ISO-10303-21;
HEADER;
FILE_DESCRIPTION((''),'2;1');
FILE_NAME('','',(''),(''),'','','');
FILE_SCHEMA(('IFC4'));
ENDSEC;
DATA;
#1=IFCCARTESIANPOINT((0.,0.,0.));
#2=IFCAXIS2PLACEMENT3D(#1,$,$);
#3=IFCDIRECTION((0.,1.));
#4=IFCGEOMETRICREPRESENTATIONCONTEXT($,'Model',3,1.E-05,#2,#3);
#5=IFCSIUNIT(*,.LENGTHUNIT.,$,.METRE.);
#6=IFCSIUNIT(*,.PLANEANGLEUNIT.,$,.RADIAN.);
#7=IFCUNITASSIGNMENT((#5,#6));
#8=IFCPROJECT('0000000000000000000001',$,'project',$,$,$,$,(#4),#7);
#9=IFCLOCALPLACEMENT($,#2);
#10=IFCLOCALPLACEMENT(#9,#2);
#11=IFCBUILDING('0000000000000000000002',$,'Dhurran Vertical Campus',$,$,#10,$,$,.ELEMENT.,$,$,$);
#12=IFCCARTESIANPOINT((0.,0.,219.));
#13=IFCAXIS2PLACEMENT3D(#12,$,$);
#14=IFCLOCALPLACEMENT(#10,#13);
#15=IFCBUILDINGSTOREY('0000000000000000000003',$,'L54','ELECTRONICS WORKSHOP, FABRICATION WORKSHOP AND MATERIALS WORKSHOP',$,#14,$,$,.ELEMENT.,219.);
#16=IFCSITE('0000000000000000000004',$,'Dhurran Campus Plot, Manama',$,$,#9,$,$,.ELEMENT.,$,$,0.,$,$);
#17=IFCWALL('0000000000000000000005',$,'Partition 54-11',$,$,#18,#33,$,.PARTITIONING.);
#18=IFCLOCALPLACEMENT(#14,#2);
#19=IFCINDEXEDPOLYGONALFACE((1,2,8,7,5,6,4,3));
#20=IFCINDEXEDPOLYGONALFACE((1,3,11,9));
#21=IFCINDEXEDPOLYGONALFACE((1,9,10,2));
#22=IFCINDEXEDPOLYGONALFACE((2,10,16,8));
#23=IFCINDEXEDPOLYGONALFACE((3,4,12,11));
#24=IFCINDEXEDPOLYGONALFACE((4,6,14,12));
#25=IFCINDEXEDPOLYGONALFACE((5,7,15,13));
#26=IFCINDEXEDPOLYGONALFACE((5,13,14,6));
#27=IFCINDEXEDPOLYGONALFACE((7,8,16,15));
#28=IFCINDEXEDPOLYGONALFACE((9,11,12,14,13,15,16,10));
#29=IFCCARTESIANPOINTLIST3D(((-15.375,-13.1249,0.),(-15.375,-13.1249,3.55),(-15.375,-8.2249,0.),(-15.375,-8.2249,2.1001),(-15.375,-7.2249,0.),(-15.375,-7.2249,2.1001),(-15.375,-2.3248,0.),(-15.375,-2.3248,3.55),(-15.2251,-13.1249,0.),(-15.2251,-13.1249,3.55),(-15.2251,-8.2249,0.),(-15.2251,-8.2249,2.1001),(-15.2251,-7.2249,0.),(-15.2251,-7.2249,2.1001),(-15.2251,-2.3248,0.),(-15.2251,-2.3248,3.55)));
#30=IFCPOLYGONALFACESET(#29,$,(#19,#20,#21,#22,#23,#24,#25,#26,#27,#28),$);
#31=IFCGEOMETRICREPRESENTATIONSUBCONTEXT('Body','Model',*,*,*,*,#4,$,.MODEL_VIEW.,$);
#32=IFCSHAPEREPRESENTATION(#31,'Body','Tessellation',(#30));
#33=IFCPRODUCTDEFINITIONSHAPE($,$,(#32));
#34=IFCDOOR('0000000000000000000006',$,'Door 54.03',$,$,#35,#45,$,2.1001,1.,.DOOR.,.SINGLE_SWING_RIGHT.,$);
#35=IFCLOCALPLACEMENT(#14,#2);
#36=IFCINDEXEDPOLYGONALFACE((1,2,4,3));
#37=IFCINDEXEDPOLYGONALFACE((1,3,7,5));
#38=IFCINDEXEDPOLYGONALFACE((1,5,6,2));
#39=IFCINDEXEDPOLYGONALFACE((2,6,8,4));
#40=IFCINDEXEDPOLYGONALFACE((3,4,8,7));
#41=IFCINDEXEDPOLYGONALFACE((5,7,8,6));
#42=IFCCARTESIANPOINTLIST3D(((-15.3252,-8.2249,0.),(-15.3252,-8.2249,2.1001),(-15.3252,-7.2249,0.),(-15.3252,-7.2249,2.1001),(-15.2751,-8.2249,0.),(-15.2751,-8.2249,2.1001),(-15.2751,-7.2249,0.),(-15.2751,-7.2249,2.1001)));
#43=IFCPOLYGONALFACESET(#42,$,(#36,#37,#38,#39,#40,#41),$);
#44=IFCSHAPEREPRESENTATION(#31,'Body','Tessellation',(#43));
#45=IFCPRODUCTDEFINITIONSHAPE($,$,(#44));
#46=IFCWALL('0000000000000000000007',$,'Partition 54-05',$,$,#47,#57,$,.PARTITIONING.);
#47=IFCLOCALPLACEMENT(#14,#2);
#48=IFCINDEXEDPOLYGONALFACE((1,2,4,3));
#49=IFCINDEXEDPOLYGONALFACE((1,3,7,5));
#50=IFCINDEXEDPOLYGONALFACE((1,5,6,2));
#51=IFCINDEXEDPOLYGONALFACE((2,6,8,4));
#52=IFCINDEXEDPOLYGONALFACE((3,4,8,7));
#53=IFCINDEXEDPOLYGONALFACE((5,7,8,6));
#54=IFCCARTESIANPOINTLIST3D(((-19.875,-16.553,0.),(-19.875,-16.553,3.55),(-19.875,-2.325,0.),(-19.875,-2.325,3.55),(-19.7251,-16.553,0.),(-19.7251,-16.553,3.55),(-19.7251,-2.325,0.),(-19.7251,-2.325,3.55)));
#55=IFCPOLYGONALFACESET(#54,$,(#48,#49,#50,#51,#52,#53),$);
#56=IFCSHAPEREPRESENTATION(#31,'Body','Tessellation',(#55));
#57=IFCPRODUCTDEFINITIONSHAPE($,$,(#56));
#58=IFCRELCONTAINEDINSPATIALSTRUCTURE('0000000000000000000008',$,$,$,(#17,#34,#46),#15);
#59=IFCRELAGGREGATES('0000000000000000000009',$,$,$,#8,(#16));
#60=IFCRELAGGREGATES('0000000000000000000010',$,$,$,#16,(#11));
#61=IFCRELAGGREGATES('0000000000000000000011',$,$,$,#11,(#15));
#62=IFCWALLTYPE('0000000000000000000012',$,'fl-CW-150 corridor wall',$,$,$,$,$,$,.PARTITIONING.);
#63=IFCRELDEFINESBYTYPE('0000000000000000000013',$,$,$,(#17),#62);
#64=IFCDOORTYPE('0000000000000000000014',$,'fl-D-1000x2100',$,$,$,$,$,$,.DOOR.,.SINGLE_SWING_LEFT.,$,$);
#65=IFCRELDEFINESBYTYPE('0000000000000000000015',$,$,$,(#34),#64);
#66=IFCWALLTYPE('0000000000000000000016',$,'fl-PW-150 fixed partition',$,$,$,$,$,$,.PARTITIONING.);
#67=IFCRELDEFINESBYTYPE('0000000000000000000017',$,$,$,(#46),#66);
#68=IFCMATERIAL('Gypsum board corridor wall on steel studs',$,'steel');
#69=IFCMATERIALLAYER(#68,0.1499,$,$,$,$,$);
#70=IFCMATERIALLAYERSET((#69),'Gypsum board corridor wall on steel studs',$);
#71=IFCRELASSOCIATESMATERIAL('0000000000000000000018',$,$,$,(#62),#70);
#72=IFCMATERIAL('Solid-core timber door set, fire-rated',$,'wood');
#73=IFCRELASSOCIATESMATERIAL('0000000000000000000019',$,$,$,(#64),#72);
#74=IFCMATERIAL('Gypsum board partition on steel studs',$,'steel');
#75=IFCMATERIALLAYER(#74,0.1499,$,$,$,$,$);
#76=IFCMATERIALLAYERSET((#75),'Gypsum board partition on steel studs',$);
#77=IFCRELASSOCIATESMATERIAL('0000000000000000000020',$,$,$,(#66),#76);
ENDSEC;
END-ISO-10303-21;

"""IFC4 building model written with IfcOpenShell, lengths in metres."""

from ifc_helpers import new_model, si_unit, direction, frame, frame_2d, origin, place, context, subcontext, project, spatial, rectangle, extrude, material, layer, layer_set, type_object, element, fill, save


model = new_model("IFC4")

# Units and contexts
model_context = context("Model", 3, precision=1e-05, world=origin(), true_north=direction((0.0, 1.0)))
body_context = subcontext(model_context, "Body", "Model", "MODEL_VIEW")
ifc_project = project(units=[si_unit("LENGTHUNIT", "METRE"), si_unit("PLANEANGLEUNIT", "RADIAN")], contexts=[model_context])

# Site, building, storey
site_placement = place(None, origin())
site = spatial("IfcSite", under=ifc_project, at=site_placement, Name="Dhurran Campus Plot, Manama", CompositionType="ELEMENT", RefElevation=0.0)
building_placement = place(site_placement, origin())
building = spatial("IfcBuilding", under=site, at=building_placement, Name="Dhurran Vertical Campus", CompositionType="ELEMENT")
storey_placement = place(building_placement, frame((0.0, 0.0, 219.0)))
storey = spatial("IfcBuildingStorey", under=building, at=storey_placement, Name="L54", Description="ELECTRONICS WORKSHOP, FABRICATION WORKSHOP AND MATERIALS WORKSHOP", CompositionType="ELEMENT", Elevation=219.0)

# Shared definitions
ifc_material_1 = material(Name="Gypsum board corridor wall on steel studs", Category="steel")
ifc_layer_1 = layer(ifc_material_1, 0.1499)
ifc_layer_set_1 = layer_set([ifc_layer_1], Name="Gypsum board corridor wall on steel studs")
wall_type_1 = type_object("IfcWallType", Name="fl-CW-150 corridor wall", PredefinedType="PARTITIONING", material=ifc_layer_set_1)
ifc_material_2 = material(Name="Solid-core timber door set, fire-rated", Category="wood")
door_type_1 = type_object("IfcDoorType", Name="fl-D-1000x2100", OperationType="SINGLE_SWING_LEFT", PredefinedType="DOOR", material=ifc_material_2)

# Wall, opening, door
wall_1_placement = place(storey_placement, frame((-15.3, -2.325, 0.0), z_axis=(0.0, 0.0, 1.0), x_axis=(0.0, -1.0, 0.0)))
wall_1 = element("IfcWall", 1, at=wall_1_placement, inside=storey, type_object=wall_type_1, Name="Partition 54-11", PredefinedType="PARTITIONING", context=body_context, shape_type="SweptSolid", body=[
    extrude(rectangle(XDim=10.8, YDim=0.1499, at=frame_2d((5.3999, 0.0))), origin(), (0.0, 0.0, 1.0), 3.55),
])
opening_1_placement = place(wall_1_placement, frame((4.8999, 0.0, 0.0)))
opening_1 = element("IfcOpeningElement", 2, at=opening_1_placement, cuts=wall_1, PredefinedType="OPENING", context=body_context, shape_type="SweptSolid", body=[
    extrude(rectangle(XDim=1.0, YDim=2.1001, at=frame_2d((0.5, 1.05))), frame((0.0, 0.085, 0.0), z_axis=(0.0, -1.0, 0.0), x_axis=(1.0, 0.0, 0.0)), (0.0, 0.0, 1.0), 0.1699),
])
door_1_placement = place(opening_1_placement, origin())
door_1 = element("IfcDoor", 3, at=door_1_placement, inside=storey, type_object=door_type_1, Name="Door 54.03", OperationType="SINGLE_SWING_RIGHT", OverallHeight=2.1001, OverallWidth=1.0, PredefinedType="DOOR", context=body_context, shape_type="SweptSolid", body=[
    extrude(rectangle(XDim=1.0, YDim=2.1001, at=frame_2d((0.5, 1.05))), frame((0.0, 0.0249, 0.0), z_axis=(0.0, -1.0, 0.0), x_axis=(1.0, 0.0, 0.0)), (0.0, 0.0, 1.0), 0.05),
])
fill(opening_1, door_1)

# Wall
ifc_material_3 = material(Name="Gypsum board partition on steel studs", Category="steel")
ifc_layer_2 = layer(ifc_material_3, 0.1499)
ifc_layer_set_2 = layer_set([ifc_layer_2], Name="Gypsum board partition on steel studs")
wall_type_2 = type_object("IfcWallType", Name="fl-PW-150 fixed partition", PredefinedType="PARTITIONING", material=ifc_layer_set_2)
wall_2_placement = place(storey_placement, frame((-19.8, -2.325, 0.0), z_axis=(0.0, 0.0, 1.0), x_axis=(0.0, -1.0, 0.0)))
element("IfcWall", 4, at=wall_2_placement, inside=storey, type_object=wall_type_2, Name="Partition 54-05", PredefinedType="PARTITIONING", context=body_context, shape_type="SweptSolid", body=[
    extrude(rectangle(XDim=14.228, YDim=0.1499, at=frame_2d((7.114, 0.0))), origin(), (0.0, 0.0, 1.0), 3.55),
])

save(model, "model.ifc")
